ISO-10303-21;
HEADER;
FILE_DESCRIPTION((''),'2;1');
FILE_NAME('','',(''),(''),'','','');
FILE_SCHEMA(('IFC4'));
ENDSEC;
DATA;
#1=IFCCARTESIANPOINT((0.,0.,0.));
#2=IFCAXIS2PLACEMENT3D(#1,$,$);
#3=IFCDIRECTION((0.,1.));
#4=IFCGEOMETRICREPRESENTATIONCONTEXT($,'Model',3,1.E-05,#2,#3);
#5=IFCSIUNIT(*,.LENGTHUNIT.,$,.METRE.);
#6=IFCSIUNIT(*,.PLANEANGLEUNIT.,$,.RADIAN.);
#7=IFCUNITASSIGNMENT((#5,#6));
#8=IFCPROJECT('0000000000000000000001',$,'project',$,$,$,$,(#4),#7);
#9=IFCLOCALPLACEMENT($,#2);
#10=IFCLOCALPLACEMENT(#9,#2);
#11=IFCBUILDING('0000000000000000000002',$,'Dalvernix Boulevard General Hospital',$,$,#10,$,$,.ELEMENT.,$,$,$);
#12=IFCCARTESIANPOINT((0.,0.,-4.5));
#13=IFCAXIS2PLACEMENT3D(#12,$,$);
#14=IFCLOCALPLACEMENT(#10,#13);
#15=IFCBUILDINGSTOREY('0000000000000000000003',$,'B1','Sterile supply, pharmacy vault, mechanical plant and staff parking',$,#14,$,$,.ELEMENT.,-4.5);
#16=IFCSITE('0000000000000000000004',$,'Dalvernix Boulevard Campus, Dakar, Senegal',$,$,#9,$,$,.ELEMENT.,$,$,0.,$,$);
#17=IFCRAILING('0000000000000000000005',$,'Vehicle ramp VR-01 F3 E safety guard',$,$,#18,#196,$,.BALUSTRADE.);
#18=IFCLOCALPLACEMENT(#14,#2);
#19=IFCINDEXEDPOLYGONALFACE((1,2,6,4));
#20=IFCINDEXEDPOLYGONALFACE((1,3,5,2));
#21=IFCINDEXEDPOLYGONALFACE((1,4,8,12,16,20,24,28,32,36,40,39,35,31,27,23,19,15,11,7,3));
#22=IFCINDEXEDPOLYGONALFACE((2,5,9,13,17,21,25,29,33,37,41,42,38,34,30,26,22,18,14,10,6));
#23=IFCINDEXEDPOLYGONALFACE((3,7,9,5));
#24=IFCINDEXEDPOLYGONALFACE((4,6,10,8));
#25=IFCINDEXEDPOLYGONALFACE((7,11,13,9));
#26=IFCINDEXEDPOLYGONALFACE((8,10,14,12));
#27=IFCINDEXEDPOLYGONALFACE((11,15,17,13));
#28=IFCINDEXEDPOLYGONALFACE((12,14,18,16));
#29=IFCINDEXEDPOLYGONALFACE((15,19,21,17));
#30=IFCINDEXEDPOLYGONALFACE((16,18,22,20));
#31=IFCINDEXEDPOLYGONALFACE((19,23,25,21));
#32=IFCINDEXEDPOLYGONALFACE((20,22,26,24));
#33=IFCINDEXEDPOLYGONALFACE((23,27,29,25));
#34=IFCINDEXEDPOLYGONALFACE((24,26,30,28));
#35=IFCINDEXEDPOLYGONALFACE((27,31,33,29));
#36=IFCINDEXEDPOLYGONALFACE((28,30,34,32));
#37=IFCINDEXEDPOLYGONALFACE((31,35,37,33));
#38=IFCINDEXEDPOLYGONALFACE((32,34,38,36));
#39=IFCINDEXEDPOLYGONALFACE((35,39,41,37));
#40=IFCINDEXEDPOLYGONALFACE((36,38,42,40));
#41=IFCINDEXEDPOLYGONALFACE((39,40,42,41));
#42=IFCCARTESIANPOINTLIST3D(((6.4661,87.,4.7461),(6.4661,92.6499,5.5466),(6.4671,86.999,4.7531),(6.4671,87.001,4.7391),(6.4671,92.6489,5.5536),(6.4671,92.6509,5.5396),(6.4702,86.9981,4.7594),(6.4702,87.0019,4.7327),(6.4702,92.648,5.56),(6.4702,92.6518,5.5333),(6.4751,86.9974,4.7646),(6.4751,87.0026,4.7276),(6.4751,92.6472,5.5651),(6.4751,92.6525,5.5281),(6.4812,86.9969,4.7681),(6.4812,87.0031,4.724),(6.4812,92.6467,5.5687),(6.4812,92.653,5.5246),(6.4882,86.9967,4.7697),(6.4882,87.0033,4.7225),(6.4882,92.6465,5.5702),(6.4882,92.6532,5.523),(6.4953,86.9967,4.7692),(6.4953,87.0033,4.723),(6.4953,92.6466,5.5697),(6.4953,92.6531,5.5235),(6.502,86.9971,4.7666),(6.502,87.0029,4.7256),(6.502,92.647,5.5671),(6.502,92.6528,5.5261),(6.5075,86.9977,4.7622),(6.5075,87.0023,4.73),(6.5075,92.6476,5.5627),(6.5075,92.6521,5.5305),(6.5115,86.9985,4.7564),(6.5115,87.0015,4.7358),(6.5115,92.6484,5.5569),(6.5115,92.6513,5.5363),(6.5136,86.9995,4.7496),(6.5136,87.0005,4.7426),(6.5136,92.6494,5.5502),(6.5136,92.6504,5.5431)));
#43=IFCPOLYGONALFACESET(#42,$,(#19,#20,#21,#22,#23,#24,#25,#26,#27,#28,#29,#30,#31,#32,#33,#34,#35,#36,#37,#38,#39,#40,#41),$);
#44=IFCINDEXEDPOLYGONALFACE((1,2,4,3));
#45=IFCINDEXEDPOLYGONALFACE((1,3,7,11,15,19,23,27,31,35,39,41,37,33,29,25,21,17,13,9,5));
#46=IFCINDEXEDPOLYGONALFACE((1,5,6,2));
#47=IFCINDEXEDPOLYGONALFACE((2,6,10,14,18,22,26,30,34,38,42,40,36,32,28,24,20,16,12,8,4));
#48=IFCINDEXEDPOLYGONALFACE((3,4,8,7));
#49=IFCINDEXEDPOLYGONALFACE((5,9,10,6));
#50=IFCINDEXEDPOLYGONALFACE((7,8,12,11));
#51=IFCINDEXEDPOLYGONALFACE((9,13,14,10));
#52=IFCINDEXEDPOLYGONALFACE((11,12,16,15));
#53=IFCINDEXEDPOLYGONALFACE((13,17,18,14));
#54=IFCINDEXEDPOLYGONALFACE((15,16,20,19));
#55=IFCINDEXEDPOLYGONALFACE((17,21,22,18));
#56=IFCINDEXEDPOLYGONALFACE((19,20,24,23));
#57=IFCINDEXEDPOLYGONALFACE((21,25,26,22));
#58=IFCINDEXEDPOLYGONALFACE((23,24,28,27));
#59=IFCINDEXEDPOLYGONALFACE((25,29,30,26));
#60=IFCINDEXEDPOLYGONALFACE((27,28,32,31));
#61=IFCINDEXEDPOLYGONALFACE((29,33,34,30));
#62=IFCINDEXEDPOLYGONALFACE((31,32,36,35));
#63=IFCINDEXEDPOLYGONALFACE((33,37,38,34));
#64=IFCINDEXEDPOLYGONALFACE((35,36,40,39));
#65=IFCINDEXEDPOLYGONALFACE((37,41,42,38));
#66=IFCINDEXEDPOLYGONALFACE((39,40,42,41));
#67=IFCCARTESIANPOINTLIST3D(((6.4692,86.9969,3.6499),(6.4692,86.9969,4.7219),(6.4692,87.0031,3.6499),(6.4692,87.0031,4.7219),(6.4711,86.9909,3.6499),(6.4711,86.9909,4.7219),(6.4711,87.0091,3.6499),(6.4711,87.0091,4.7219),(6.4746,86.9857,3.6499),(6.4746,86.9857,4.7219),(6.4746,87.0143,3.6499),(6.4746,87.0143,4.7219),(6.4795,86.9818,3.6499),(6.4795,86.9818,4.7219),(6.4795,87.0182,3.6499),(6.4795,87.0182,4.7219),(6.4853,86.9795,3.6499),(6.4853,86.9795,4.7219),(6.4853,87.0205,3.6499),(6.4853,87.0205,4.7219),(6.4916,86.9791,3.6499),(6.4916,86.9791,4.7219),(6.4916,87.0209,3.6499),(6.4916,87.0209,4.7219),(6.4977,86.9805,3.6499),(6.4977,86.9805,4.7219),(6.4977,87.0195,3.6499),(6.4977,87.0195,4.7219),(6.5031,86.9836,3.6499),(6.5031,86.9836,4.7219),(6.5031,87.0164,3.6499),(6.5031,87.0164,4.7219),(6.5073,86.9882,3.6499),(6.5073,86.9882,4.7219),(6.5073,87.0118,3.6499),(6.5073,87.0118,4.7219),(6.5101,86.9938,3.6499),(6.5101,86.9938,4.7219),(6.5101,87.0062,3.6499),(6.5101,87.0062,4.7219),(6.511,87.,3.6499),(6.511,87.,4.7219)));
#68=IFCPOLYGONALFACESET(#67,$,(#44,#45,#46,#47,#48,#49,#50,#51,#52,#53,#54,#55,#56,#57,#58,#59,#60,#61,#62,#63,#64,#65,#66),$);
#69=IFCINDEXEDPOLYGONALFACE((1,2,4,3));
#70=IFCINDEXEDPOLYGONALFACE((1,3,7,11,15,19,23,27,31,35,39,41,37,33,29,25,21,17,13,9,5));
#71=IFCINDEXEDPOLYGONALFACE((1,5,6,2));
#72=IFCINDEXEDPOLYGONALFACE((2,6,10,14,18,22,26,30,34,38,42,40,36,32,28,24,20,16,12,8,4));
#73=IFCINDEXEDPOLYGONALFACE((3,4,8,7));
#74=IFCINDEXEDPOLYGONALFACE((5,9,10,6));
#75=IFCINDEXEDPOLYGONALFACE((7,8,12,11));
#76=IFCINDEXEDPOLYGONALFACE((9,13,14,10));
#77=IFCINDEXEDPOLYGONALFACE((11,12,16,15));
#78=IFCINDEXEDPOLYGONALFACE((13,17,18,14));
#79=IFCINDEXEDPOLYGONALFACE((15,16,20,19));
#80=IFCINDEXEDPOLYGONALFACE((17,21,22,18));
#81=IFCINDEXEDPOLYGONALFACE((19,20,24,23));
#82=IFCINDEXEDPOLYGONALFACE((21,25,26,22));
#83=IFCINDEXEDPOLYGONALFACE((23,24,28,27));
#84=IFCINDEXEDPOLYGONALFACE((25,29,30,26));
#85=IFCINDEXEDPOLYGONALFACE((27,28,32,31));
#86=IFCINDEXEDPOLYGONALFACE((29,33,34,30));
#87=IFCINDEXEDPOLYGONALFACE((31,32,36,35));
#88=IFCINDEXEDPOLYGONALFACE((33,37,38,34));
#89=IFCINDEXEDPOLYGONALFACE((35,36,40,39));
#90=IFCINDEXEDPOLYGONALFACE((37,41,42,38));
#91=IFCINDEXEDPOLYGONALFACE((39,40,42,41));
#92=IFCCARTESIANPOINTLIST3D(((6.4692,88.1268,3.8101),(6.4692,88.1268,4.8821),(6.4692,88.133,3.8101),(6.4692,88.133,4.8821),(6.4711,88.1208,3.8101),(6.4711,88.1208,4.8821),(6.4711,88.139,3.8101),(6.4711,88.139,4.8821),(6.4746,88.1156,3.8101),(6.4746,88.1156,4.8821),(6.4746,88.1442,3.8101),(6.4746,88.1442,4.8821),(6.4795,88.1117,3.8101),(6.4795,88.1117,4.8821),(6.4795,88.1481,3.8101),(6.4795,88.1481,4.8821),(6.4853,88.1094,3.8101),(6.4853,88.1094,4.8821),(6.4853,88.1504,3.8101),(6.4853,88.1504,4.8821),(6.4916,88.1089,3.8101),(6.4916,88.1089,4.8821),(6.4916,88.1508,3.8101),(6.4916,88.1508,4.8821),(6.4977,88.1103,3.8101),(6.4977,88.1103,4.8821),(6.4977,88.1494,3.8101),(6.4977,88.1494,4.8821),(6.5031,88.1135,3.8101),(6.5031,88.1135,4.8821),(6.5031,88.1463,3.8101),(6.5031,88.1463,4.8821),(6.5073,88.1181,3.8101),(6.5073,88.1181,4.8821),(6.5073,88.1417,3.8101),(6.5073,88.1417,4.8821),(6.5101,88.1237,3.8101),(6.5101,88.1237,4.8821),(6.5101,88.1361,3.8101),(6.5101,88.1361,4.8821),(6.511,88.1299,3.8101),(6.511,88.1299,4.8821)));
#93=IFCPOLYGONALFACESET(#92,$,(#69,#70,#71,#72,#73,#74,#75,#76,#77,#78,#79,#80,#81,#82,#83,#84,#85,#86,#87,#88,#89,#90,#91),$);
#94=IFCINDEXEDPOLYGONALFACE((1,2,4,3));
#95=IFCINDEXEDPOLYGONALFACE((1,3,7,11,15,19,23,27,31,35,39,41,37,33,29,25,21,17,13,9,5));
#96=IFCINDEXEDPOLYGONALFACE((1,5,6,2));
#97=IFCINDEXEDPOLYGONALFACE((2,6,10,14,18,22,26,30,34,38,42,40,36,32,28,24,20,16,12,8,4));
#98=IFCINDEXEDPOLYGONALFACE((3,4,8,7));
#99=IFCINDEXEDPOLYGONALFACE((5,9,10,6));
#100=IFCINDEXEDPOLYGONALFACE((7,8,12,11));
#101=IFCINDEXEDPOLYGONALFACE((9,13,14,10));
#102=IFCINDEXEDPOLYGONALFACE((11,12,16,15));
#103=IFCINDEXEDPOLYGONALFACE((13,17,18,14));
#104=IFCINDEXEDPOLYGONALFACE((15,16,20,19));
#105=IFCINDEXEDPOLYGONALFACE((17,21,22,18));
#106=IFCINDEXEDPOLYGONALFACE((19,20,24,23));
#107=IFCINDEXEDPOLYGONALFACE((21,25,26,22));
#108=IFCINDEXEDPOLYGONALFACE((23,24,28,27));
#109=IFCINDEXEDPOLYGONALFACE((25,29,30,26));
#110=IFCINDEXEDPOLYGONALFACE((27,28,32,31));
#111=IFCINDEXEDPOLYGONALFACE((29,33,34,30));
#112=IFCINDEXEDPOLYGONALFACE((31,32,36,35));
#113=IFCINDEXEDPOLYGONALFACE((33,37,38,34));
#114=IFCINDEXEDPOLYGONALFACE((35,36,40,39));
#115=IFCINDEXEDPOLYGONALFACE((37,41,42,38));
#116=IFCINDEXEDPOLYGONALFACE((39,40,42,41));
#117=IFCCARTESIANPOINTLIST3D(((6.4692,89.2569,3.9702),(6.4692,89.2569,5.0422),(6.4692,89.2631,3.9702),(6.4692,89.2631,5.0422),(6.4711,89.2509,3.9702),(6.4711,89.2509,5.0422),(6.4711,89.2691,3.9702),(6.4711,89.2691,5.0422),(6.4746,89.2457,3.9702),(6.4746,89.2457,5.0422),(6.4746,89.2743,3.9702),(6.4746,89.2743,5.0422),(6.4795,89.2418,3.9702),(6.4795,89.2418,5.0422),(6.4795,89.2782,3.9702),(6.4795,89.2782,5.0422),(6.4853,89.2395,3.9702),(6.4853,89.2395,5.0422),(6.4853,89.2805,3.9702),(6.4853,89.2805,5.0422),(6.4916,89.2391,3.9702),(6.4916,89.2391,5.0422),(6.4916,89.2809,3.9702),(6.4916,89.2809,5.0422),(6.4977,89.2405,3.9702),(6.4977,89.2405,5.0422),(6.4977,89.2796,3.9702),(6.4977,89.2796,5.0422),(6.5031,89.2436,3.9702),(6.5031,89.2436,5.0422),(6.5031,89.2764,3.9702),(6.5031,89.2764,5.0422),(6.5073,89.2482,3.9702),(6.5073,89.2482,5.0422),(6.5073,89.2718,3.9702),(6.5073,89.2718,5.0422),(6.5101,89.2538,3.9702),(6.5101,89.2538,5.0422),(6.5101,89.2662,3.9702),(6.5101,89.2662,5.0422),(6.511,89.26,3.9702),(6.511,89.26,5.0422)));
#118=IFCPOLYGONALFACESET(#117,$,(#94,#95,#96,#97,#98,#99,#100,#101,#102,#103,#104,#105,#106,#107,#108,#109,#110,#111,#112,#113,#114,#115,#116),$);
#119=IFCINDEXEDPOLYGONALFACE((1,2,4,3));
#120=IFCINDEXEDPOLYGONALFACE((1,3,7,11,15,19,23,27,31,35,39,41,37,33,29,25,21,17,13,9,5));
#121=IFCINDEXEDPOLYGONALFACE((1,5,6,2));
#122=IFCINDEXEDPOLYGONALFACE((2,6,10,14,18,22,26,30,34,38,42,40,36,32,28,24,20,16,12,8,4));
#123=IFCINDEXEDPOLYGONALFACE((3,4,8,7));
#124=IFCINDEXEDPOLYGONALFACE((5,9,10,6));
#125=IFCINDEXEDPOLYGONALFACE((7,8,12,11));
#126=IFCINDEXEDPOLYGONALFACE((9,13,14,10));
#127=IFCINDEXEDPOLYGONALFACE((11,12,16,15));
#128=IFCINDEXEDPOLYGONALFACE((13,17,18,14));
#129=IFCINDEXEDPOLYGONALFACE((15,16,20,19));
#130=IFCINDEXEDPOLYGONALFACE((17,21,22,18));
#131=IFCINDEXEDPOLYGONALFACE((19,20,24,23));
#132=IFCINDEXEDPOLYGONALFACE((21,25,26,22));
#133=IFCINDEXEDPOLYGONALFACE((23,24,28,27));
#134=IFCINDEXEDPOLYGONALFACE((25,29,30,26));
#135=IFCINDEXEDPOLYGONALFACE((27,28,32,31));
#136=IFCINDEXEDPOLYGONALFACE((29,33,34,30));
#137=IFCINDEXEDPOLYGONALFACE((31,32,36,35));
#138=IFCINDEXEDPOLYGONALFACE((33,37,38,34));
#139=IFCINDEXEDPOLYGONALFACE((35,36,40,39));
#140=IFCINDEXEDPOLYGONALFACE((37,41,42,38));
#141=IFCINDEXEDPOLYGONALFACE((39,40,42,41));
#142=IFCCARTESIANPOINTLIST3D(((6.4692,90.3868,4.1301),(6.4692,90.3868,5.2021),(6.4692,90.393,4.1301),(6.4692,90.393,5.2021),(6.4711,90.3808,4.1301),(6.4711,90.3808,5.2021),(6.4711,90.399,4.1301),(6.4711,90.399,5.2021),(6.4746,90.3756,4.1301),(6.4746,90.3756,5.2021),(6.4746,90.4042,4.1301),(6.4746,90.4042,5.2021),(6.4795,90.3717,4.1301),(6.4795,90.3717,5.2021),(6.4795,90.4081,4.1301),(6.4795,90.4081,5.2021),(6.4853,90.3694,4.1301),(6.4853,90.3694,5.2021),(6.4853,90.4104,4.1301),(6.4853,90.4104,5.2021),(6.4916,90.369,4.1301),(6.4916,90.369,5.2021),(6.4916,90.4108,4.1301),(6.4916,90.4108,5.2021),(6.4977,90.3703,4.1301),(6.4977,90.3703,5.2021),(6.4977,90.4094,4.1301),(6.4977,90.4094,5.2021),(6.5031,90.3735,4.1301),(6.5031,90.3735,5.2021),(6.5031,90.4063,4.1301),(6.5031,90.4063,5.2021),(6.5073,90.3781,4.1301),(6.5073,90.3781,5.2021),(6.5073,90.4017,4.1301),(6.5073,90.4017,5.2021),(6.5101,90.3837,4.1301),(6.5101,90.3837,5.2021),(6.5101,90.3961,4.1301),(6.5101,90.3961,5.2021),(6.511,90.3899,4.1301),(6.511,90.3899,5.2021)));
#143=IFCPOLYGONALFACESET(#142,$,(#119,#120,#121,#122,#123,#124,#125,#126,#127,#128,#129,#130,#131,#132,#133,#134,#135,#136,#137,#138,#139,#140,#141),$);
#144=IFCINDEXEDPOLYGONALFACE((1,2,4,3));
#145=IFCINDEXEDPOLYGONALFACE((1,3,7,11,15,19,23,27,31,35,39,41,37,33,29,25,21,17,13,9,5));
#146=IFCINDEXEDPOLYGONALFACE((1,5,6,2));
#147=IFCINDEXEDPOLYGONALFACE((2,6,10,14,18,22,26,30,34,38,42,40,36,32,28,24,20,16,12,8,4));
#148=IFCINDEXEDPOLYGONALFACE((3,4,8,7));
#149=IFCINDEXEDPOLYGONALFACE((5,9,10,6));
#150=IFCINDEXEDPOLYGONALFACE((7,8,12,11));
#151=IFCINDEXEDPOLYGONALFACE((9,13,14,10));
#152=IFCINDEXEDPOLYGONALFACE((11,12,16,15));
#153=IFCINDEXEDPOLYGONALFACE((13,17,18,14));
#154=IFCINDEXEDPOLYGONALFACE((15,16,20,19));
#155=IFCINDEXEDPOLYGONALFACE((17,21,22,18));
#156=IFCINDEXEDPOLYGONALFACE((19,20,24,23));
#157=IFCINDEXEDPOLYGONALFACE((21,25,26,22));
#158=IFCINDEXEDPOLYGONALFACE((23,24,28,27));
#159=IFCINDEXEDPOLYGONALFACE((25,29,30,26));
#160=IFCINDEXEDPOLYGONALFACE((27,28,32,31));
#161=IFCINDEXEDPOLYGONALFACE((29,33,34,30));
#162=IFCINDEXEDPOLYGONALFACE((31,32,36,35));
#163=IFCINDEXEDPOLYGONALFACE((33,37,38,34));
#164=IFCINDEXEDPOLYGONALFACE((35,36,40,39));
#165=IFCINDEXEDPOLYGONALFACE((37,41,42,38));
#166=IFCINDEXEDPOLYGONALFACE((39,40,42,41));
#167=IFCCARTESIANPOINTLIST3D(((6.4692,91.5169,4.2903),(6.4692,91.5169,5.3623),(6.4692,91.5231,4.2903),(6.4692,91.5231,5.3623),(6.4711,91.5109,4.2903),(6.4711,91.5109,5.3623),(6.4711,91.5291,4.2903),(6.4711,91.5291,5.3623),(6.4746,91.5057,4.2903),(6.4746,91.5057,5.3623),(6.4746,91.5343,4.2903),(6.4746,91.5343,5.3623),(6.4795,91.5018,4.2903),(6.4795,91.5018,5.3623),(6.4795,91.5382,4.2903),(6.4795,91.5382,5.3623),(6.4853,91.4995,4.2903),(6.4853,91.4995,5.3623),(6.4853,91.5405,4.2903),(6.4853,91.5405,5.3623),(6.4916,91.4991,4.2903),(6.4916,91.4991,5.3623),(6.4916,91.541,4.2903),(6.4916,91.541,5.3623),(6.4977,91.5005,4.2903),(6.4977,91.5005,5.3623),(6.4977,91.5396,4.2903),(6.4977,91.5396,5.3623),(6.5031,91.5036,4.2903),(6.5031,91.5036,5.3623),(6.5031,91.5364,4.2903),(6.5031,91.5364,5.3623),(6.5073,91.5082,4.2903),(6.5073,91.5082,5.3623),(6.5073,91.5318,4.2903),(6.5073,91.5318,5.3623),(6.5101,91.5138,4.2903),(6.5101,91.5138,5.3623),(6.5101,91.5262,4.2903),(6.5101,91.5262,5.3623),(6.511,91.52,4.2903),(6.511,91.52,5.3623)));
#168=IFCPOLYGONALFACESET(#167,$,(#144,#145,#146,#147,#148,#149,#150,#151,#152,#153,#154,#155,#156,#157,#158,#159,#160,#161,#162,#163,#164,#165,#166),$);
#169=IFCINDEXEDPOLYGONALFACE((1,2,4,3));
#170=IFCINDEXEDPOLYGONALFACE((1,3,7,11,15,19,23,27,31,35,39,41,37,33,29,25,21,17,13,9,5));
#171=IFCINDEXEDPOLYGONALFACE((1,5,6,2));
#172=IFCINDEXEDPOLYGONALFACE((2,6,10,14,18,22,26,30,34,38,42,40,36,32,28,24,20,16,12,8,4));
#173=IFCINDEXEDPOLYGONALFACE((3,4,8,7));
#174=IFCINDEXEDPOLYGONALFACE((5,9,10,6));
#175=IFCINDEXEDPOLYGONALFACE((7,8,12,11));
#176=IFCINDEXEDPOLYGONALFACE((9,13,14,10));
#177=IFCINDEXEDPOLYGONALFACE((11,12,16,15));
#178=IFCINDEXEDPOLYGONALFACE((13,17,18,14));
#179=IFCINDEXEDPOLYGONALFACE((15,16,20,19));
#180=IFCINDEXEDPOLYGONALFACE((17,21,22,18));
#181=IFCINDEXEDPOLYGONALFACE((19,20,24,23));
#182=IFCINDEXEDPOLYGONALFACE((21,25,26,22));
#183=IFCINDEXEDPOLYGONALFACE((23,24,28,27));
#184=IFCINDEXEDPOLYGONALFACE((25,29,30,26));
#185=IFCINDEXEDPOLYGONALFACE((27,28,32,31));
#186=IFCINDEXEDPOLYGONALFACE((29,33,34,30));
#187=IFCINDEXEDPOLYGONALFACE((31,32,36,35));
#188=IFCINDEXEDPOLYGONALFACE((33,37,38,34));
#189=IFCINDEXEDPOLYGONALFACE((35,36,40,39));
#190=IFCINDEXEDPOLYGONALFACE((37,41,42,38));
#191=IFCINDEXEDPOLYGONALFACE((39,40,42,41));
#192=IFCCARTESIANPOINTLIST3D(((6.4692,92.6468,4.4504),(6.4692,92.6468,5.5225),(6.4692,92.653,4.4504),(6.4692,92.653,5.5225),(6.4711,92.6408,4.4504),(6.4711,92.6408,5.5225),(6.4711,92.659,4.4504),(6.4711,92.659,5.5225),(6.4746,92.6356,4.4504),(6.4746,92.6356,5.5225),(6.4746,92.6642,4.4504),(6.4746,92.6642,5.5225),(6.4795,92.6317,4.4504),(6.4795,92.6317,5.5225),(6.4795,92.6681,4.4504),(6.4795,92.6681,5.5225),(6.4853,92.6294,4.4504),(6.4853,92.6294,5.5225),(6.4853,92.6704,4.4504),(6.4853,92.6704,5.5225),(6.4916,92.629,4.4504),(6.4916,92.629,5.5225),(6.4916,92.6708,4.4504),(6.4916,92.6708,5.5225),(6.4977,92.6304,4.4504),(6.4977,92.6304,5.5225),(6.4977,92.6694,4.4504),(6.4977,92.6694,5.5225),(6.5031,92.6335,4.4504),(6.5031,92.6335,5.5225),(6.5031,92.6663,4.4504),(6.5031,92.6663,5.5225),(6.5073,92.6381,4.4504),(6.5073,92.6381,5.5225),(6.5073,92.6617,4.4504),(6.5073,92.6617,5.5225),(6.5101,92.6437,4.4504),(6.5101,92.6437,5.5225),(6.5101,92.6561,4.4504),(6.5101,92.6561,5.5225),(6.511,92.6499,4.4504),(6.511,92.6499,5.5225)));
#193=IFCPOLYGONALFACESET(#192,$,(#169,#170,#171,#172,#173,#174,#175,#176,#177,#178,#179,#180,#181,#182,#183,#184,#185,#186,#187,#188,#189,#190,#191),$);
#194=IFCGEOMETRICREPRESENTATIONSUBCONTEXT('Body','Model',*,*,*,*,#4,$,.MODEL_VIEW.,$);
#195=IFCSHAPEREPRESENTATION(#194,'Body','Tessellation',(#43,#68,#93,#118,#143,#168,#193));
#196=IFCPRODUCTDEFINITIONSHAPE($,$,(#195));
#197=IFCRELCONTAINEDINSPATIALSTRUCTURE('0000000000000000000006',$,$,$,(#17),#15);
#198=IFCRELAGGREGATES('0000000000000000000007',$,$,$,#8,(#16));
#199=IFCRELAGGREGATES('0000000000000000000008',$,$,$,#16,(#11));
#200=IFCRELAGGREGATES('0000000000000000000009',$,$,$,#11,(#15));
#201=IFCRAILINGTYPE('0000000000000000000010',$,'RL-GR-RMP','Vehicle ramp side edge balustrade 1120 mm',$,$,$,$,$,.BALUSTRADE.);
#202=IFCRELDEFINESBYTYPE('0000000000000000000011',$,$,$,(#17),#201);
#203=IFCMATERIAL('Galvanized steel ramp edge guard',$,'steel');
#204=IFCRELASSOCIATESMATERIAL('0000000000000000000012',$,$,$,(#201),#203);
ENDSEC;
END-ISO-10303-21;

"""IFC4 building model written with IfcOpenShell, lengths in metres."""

from ifc_helpers import new_model, si_unit, direction, frame, origin, origin_2d, place, context, subcontext, project, spatial, circle, extrude, material, type_object, element, save


model = new_model("IFC4")

# Units and contexts
model_context = context("Model", 3, precision=1e-05, world=origin(), true_north=direction((0.0, 1.0)))
body_context = subcontext(model_context, "Body", "Model", "MODEL_VIEW")
ifc_project = project(units=[si_unit("LENGTHUNIT", "METRE"), si_unit("PLANEANGLEUNIT", "RADIAN")], contexts=[model_context])

# Site, building, storey
site_placement = place(None, origin())
site = spatial("IfcSite", under=ifc_project, at=site_placement, Name="Dalvernix Boulevard Campus, Dakar, Senegal", CompositionType="ELEMENT", RefElevation=0.0)
building_placement = place(site_placement, origin())
building = spatial("IfcBuilding", under=site, at=building_placement, Name="Dalvernix Boulevard General Hospital", CompositionType="ELEMENT")
storey_placement = place(building_placement, frame((0.0, 0.0, -4.5)))
storey = spatial("IfcBuildingStorey", under=building, at=storey_placement, Name="B1", Description="Sterile supply, pharmacy vault, mechanical plant and staff parking", CompositionType="ELEMENT", Elevation=-4.5)

# Railing
ifc_material_1 = material(Name="Galvanized steel ramp edge guard", Category="steel")
railing_type = type_object("IfcRailingType", Name="RL-GR-RMP", Description="Vehicle ramp side edge balustrade 1120 mm", PredefinedType="BALUSTRADE", material=ifc_material_1)
for number, where, name in (
    (1, (6.49, 87.0, 3.6499), "Vehicle ramp VR-01 F3 E safety guard"),
):
    element("IfcRailing", number, at=place(storey_placement, frame(where)), inside=storey, type_object=railing_type, Name=name, PredefinedType="BALUSTRADE", context=body_context, shape_type="SweptSolid", body=[
        extrude(circle(Radius=0.0239, at=origin_2d()), frame((0.0, 0.0, 1.0962), z_axis=(0.0, 0.990111, 0.140289), x_axis=(-1.0, 0.0, 0.0)), (0.0, 0.0, 1.0), 5.7063),
        extrude(circle(Radius=0.021, at=origin_2d()), origin(), (0.0, 0.0, 1.0), 1.072),
        extrude(circle(Radius=0.021, at=origin_2d()), frame((0.0, 1.1299, 0.1602)), (0.0, 0.0, 1.0), 1.072),
        extrude(circle(Radius=0.021, at=origin_2d()), frame((0.0, 2.26, 0.3203)), (0.0, 0.0, 1.0), 1.072),
        extrude(circle(Radius=0.021, at=origin_2d()), frame((0.0, 3.3899, 0.4802)), (0.0, 0.0, 1.0), 1.072),
        extrude(circle(Radius=0.021, at=origin_2d()), frame((0.0, 4.52, 0.6404)), (0.0, 0.0, 1.0), 1.072),
        extrude(circle(Radius=0.021, at=origin_2d()), frame((0.0, 5.6499, 0.8005)), (0.0, 0.0, 1.0), 1.072),
    ])

save(model, "model.ifc")
